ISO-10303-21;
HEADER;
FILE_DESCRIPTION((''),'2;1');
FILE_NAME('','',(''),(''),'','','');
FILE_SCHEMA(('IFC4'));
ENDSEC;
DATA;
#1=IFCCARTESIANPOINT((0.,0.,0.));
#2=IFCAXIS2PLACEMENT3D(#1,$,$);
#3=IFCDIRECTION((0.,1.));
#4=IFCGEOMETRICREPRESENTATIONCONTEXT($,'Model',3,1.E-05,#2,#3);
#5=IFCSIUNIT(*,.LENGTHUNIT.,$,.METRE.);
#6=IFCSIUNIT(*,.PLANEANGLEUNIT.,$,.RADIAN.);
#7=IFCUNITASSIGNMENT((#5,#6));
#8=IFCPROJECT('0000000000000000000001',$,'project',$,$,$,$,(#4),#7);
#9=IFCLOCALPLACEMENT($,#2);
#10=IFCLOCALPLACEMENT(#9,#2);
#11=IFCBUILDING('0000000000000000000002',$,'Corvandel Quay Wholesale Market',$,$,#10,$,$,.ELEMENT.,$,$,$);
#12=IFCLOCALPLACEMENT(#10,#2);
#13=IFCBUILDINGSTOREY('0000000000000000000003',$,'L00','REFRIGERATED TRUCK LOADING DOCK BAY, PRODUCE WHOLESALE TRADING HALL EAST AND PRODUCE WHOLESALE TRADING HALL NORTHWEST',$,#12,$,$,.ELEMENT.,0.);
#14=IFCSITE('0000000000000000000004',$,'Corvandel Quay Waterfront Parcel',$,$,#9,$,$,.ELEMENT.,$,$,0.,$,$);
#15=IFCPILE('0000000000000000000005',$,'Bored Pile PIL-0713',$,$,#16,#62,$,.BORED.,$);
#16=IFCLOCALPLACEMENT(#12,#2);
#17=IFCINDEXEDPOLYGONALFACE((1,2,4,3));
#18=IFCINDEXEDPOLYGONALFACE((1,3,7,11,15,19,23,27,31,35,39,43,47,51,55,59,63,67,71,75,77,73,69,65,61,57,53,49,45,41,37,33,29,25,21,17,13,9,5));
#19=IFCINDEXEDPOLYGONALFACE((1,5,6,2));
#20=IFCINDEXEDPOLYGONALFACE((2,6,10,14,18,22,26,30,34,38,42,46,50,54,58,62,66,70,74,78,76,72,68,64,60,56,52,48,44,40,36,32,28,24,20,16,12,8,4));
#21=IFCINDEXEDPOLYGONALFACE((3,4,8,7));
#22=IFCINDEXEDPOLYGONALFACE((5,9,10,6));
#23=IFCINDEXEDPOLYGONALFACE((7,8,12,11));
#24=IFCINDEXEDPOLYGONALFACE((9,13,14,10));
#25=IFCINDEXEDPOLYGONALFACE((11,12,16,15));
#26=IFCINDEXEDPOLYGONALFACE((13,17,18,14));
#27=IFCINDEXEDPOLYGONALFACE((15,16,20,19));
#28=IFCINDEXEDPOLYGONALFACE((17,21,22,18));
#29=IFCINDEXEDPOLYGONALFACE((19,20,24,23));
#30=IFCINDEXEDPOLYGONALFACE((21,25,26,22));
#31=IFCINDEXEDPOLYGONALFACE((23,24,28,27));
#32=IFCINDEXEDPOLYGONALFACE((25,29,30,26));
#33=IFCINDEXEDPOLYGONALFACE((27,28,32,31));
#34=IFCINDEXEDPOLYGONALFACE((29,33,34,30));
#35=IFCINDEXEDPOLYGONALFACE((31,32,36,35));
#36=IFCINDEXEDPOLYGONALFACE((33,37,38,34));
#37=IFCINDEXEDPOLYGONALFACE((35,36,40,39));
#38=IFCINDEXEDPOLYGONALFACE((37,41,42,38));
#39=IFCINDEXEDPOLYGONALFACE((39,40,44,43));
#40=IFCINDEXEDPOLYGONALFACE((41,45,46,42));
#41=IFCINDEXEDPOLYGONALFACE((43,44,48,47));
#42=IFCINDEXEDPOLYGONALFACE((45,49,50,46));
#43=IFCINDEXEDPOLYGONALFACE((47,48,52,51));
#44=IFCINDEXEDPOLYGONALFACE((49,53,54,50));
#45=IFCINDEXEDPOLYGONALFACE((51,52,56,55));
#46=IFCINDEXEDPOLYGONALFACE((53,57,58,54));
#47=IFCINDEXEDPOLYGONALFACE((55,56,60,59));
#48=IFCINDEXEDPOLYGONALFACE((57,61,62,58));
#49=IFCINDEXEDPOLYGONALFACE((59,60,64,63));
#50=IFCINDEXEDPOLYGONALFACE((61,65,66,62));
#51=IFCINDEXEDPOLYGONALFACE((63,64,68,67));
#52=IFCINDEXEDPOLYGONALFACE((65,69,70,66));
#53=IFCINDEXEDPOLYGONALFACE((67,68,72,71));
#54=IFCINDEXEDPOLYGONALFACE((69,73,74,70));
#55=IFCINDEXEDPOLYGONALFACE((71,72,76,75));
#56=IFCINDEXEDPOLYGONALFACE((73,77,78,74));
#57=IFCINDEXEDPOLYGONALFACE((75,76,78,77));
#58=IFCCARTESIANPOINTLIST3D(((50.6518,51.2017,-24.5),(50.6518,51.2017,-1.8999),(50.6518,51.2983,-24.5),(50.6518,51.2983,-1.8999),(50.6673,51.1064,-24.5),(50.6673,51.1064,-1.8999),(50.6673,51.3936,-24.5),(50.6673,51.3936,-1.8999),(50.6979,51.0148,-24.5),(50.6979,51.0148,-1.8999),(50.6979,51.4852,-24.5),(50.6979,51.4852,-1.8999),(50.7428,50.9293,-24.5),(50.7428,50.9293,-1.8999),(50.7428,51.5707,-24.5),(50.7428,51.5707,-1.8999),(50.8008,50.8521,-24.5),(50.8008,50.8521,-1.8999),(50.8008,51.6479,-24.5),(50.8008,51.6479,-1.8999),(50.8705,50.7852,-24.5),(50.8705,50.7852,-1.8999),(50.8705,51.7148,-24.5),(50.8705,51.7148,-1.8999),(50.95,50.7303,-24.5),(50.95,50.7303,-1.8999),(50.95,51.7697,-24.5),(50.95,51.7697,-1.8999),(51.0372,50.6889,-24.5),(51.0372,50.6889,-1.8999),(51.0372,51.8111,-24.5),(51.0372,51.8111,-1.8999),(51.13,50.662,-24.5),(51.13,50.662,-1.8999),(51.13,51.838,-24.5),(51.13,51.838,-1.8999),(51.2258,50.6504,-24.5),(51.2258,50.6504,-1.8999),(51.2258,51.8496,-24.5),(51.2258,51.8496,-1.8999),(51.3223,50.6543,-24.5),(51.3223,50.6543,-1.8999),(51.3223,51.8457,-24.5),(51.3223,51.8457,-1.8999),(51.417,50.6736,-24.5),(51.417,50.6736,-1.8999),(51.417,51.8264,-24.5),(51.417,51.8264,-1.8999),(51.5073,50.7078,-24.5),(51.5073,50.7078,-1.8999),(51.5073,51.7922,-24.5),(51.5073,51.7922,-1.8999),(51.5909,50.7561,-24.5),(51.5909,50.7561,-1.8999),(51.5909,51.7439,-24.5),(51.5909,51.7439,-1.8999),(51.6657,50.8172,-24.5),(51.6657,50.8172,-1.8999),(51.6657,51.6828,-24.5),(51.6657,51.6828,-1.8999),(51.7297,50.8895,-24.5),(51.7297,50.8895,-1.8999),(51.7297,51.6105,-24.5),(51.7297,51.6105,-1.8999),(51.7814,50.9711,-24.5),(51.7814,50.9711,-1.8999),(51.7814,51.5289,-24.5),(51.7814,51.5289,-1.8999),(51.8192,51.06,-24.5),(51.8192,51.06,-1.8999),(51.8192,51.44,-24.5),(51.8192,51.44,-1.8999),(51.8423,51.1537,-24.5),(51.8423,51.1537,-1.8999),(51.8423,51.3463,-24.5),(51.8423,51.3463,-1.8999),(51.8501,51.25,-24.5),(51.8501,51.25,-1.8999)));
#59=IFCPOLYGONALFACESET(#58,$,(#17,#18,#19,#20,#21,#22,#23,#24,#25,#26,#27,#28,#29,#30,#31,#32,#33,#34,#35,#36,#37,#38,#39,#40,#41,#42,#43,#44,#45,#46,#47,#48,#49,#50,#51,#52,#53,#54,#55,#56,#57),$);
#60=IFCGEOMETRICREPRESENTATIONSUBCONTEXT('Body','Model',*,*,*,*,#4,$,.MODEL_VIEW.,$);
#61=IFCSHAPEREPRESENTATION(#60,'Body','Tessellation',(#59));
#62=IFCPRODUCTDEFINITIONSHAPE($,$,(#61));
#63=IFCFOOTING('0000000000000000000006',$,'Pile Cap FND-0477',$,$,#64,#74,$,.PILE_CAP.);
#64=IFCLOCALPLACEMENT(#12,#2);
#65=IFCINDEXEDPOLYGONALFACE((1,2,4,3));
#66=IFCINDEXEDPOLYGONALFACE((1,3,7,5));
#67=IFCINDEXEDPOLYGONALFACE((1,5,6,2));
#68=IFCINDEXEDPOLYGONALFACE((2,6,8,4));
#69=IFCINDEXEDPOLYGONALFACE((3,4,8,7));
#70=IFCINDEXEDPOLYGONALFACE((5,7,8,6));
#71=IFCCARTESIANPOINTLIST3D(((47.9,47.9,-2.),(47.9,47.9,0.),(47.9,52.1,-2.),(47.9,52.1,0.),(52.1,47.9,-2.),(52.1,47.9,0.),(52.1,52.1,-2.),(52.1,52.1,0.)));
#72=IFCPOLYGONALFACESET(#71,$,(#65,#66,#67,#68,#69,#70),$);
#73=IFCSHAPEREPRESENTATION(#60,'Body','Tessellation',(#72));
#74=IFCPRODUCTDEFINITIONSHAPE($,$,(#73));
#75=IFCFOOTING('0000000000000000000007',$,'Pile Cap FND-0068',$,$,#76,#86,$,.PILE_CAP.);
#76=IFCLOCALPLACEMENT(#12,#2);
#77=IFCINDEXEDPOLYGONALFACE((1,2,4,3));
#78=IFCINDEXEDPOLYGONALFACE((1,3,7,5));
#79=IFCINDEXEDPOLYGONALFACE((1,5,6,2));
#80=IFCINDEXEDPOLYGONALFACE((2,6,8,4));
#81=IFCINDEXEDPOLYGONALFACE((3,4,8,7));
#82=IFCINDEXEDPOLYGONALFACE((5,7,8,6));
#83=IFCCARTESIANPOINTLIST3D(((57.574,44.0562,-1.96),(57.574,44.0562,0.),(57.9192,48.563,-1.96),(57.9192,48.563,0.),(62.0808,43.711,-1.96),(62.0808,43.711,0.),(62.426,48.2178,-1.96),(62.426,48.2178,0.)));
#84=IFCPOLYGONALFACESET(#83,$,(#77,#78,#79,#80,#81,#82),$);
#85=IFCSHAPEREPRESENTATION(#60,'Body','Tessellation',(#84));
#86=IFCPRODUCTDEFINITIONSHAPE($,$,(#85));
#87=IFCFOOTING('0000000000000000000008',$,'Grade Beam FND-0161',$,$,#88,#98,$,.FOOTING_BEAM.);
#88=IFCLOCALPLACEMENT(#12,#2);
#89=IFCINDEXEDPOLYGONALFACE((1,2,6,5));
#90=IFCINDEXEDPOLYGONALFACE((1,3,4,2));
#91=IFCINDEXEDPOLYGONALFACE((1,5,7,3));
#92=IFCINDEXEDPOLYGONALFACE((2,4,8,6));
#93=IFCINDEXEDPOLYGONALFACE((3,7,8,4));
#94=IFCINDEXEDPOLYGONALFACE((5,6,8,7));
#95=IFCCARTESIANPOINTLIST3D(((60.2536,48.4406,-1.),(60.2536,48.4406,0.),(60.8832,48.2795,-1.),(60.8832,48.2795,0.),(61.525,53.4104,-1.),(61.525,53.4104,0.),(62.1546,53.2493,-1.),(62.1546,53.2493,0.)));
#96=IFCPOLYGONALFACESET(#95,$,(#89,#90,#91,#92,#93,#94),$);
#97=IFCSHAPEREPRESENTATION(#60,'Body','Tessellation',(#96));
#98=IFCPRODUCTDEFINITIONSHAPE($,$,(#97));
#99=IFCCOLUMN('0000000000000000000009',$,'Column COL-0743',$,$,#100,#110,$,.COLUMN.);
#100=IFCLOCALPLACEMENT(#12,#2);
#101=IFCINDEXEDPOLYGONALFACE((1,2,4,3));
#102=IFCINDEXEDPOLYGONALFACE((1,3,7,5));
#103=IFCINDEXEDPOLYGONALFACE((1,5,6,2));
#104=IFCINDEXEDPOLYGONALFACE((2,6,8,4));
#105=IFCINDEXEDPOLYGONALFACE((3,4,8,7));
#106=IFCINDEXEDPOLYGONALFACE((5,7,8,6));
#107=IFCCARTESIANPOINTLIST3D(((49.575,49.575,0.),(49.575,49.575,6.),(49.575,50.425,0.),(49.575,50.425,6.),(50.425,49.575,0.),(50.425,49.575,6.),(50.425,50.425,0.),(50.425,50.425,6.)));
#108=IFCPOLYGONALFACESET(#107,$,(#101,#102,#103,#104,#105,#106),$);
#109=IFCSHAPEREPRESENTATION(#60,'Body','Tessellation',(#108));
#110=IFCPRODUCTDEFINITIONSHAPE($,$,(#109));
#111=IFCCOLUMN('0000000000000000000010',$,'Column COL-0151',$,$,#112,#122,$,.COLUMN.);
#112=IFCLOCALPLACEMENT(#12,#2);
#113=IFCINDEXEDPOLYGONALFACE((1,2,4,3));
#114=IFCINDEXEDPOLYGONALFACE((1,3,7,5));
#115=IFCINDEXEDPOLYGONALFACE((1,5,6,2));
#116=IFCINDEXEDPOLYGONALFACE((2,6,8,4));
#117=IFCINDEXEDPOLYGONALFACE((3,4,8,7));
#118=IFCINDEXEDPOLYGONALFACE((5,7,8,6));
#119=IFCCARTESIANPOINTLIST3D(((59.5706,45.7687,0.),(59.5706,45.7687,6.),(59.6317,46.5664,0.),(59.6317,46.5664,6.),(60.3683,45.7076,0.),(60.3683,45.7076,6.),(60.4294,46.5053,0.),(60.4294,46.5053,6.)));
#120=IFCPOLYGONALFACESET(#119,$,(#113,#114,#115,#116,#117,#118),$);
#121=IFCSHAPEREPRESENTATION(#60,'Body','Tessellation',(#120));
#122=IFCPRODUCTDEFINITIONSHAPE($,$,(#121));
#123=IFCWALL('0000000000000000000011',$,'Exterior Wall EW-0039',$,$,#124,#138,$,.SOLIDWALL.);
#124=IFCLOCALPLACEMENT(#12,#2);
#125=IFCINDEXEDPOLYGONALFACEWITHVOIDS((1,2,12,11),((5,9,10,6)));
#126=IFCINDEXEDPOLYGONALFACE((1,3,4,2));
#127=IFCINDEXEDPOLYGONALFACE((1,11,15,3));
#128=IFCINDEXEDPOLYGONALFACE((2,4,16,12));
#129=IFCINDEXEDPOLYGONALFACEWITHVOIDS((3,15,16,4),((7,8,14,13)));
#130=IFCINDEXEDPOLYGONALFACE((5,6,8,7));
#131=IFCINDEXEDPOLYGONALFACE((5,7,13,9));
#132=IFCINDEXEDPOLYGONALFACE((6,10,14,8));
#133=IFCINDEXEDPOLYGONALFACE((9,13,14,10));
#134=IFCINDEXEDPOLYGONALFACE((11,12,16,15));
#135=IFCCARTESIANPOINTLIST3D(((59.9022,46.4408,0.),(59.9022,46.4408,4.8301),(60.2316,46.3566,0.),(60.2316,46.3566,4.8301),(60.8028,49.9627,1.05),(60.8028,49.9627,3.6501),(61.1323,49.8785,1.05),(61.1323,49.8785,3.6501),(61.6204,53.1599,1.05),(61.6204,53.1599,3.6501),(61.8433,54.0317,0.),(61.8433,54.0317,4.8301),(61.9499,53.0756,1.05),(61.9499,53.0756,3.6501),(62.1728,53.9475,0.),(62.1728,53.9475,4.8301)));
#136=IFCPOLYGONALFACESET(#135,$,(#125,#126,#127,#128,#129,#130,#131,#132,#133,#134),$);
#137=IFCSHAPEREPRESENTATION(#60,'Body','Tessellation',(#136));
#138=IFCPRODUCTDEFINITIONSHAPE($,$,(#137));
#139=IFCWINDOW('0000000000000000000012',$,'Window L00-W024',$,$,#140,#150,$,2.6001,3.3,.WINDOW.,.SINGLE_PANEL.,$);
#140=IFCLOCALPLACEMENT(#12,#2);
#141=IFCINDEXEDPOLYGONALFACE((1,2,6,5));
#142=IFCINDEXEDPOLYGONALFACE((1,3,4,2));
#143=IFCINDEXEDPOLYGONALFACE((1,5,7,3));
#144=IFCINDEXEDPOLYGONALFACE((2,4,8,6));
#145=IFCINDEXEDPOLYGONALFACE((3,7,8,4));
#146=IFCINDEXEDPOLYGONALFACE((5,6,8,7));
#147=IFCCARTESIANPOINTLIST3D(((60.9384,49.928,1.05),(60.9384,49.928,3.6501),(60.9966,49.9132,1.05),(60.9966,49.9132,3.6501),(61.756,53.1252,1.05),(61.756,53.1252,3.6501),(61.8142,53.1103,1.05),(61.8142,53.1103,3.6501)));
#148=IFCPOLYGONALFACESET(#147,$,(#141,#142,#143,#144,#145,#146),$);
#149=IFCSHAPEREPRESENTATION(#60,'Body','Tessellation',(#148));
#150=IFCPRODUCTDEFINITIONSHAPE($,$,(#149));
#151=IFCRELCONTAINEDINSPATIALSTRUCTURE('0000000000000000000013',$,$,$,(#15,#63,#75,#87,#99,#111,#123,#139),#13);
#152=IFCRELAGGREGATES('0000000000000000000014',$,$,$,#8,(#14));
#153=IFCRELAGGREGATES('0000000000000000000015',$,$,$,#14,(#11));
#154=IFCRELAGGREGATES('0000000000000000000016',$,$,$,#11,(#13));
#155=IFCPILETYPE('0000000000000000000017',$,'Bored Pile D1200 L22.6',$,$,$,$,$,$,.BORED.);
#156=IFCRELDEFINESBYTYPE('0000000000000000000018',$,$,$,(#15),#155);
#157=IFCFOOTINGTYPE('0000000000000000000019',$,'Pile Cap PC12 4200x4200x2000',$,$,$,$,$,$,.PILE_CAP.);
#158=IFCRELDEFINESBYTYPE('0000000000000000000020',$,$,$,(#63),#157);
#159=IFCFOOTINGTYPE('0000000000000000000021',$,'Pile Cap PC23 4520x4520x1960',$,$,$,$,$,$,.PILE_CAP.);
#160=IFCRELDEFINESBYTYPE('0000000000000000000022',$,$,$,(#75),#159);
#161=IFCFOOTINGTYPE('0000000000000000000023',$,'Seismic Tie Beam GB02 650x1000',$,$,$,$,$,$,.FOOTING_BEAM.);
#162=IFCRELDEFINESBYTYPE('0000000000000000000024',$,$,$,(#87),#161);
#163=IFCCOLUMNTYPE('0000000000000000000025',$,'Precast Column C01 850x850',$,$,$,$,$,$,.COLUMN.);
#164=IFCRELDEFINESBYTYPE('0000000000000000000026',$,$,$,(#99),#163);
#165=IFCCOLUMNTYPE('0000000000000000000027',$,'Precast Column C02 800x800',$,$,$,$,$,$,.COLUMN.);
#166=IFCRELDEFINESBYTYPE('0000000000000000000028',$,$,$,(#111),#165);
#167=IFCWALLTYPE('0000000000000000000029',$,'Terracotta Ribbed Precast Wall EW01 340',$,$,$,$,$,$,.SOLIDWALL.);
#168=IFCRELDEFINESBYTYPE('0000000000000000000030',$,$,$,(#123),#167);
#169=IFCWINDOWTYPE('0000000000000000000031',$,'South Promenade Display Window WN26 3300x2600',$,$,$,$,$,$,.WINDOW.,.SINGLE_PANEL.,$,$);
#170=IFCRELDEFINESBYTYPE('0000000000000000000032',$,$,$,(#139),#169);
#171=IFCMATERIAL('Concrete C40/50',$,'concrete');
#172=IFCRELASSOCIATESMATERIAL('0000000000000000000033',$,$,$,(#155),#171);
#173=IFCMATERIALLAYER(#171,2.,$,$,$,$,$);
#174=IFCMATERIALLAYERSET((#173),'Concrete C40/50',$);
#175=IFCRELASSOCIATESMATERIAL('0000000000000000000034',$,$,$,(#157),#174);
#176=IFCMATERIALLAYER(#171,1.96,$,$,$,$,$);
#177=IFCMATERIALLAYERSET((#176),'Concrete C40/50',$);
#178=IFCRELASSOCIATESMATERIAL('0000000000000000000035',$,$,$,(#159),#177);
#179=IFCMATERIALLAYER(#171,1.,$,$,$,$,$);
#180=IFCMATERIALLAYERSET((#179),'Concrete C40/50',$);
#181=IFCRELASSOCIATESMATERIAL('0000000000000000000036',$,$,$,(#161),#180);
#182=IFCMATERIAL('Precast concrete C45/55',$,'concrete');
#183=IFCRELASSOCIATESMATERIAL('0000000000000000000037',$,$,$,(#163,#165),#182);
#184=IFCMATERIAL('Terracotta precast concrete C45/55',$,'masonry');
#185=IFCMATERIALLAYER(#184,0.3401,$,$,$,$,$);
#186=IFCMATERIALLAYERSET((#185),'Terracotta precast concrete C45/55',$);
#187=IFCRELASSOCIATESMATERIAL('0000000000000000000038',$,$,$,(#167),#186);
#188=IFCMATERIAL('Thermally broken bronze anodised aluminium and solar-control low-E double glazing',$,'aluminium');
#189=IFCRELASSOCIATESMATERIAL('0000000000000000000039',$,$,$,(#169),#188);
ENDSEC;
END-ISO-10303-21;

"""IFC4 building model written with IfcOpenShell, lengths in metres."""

from ifc_helpers import new_model, si_unit, direction, frame, frame_2d, origin, origin_2d, place, context, subcontext, project, spatial, rectangle, circle, extrude, material, layer, layer_set, material_profile, profile_set, type_object, element, fill, save


model = new_model("IFC4")

# Units and contexts
model_context = context("Model", 3, precision=1e-05, world=origin(), true_north=direction((0.0, 1.0)))
body_context = subcontext(model_context, "Body", "Model", "MODEL_VIEW")
ifc_project = project(units=[si_unit("LENGTHUNIT", "METRE"), si_unit("PLANEANGLEUNIT", "RADIAN")], contexts=[model_context])

# Site, building, storey
site_placement = place(None, origin())
site = spatial("IfcSite", under=ifc_project, at=site_placement, Name="Corvandel Quay Waterfront Parcel", CompositionType="ELEMENT", RefElevation=0.0)
building_placement = place(site_placement, origin())
building = spatial("IfcBuilding", under=site, at=building_placement, Name="Corvandel Quay Wholesale Market", CompositionType="ELEMENT")
storey_placement = place(building_placement, origin())
storey = spatial("IfcBuildingStorey", under=building, at=storey_placement, Name="L00", Description="REFRIGERATED TRUCK LOADING DOCK BAY, PRODUCE WHOLESALE TRADING HALL EAST AND PRODUCE WHOLESALE TRADING HALL NORTHWEST", CompositionType="ELEMENT", Elevation=0.0)

# Pile
ifc_material_1 = material(Name="Concrete C40/50", Category="concrete")
ifc_material_profile_1 = material_profile(ifc_material_1, circle(Radius=0.6001, at=origin_2d()), Name="RC-PILE-D1200")
ifc_profile_set_1 = profile_set([ifc_material_profile_1], Name="Concrete C40/50")
pile_type_1 = type_object("IfcPileType", Name="Bored Pile D1200 L22.6", PredefinedType="BORED", material=ifc_profile_set_1)
for number, where, z_axis, x_axis, name in (
    (1, (51.25, 51.25, -1.8999), (0.0, 0.0, -1.0), (1.0, 0.0, 0.0), "Bored Pile PIL-0713"),
):
    element("IfcPile", number, at=place(storey_placement, frame(where, z_axis=z_axis, x_axis=x_axis)), inside=storey, type_object=pile_type_1, Name=name, PredefinedType="BORED", context=body_context, shape_type="SweptSolid", body=[
        extrude(circle(Radius=0.6001, at=origin_2d()), origin(), (0.0, 0.0, 1.0), 22.6001),
    ])

# Footings
ifc_layer_1 = layer(ifc_material_1, 2.0)
ifc_layer_set_1 = layer_set([ifc_layer_1], Name="Concrete C40/50")
footing_type_1 = type_object("IfcFootingType", Name="Pile Cap PC12 4200x4200x2000", PredefinedType="PILE_CAP", material=ifc_layer_set_1)
footing_1_placement = place(storey_placement, frame((50.0, 50.0, -2.0), z_axis=(0.0, 0.0, 1.0), x_axis=(1.0, 0.0, 0.0)))
element("IfcFooting", 2, at=footing_1_placement, inside=storey, type_object=footing_type_1, Name="Pile Cap FND-0477", PredefinedType="PILE_CAP", context=body_context, shape_type="SweptSolid", body=[
    extrude(rectangle(XDim=4.2, YDim=4.2, at=origin_2d()), origin(), (0.0, 0.0, 1.0), 2.0),
])
ifc_layer_2 = layer(ifc_material_1, 1.96)
ifc_layer_set_2 = layer_set([ifc_layer_2], Name="Concrete C40/50")
footing_type_2 = type_object("IfcFootingType", Name="Pile Cap PC23 4520x4520x1960", PredefinedType="PILE_CAP", material=ifc_layer_set_2)
footing_2_placement = place(storey_placement, frame((60.0, 46.137, -1.96), z_axis=(0.0, 0.0, 1.0), x_axis=(0.076371, 0.997079, 0.0)))
element("IfcFooting", 3, at=footing_2_placement, inside=storey, type_object=footing_type_2, Name="Pile Cap FND-0068", PredefinedType="PILE_CAP", context=body_context, shape_type="SweptSolid", body=[
    extrude(rectangle(XDim=4.52, YDim=4.52, at=origin_2d()), origin(), (0.0, 0.0, 1.0), 1.96),
])
ifc_layer_3 = layer(ifc_material_1, 1.0)
ifc_layer_set_3 = layer_set([ifc_layer_3], Name="Concrete C40/50")
footing_type_3 = type_object("IfcFootingType", Name="Seismic Tie Beam GB02 650x1000", PredefinedType="FOOTING_BEAM", material=ifc_layer_set_3)
footing_3_placement = place(storey_placement, frame((61.2041, 50.845, -1.0), z_axis=(0.0, 0.0, 1.0), x_axis=(0.247845, 0.9688, 0.0)))
element("IfcFooting", 4, at=footing_3_placement, inside=storey, type_object=footing_type_3, Name="Grade Beam FND-0161", PredefinedType="FOOTING_BEAM", context=body_context, shape_type="SweptSolid", body=[
    extrude(rectangle(XDim=5.1299, YDim=0.6499, at=origin_2d()), origin(), (0.0, 0.0, 1.0), 1.0),
])

# Columns
ifc_material_2 = material(Name="Precast concrete C45/55", Category="concrete")
ifc_material_profile_2 = material_profile(ifc_material_2, rectangle(XDim=0.8501, YDim=0.8501, at=origin_2d()), Name="PC-COL-850x850")
ifc_profile_set_2 = profile_set([ifc_material_profile_2], Name="Precast concrete C45/55")
column_type_1 = type_object("IfcColumnType", Name="Precast Column C01 850x850", PredefinedType="COLUMN", material=ifc_profile_set_2)
column_1_placement = place(storey_placement, frame((50.0, 50.0, 0.0), z_axis=(0.0, 0.0, 1.0), x_axis=(1.0, 0.0, 0.0)))
element("IfcColumn", 5, at=column_1_placement, inside=storey, type_object=column_type_1, Name="Column COL-0743", PredefinedType="COLUMN", context=body_context, shape_type="SweptSolid", body=[
    extrude(rectangle(XDim=0.8501, YDim=0.8501, at=origin_2d()), origin(), (0.0, 0.0, 1.0), 6.0),
])
ifc_material_profile_3 = material_profile(ifc_material_2, rectangle(XDim=0.8, YDim=0.8, at=origin_2d()), Name="PC-COL-800x800")
ifc_profile_set_3 = profile_set([ifc_material_profile_3], Name="Precast concrete C45/55")
column_type_2 = type_object("IfcColumnType", Name="Precast Column C02 800x800", PredefinedType="COLUMN", material=ifc_profile_set_3)
column_2_placement = place(storey_placement, frame((60.0, 46.137, 0.0), z_axis=(0.0, 0.0, 1.0), x_axis=(0.076371, 0.997079, 0.0)))
element("IfcColumn", 6, at=column_2_placement, inside=storey, type_object=column_type_2, Name="Column COL-0151", PredefinedType="COLUMN", context=body_context, shape_type="SweptSolid", body=[
    extrude(rectangle(XDim=0.8, YDim=0.8, at=origin_2d()), origin(), (0.0, 0.0, 1.0), 6.0),
])

# Wall, opening, window
ifc_material_3 = material(Name="Terracotta precast concrete C45/55", Category="masonry")
ifc_layer_4 = layer(ifc_material_3, 0.3401)
ifc_layer_set_4 = layer_set([ifc_layer_4], Name="Terracotta precast concrete C45/55")
wall_type = type_object("IfcWallType", Name="Terracotta Ribbed Precast Wall EW01 340", PredefinedType="SOLIDWALL", material=ifc_layer_set_4)
wall_1_placement = place(storey_placement, frame((62.0081, 53.9895, 0.0), z_axis=(0.0, 0.0, 1.0), x_axis=(-0.247752, -0.968823, 0.0)))
wall_1 = element("IfcWall", 7, at=wall_1_placement, inside=storey, type_object=wall_type, Name="Exterior Wall EW-0039", PredefinedType="SOLIDWALL", context=body_context, shape_type="SweptSolid", body=[
    extrude(rectangle(XDim=7.8352, YDim=0.3401, at=frame_2d((3.9175, 0.0))), origin(), (0.0, 0.0, 1.0), 4.8301),
])
opening_1_placement = place(wall_1_placement, frame((0.8999, 0.0, 1.05)))
opening_1 = element("IfcOpeningElement", 8, at=opening_1_placement, cuts=wall_1, PredefinedType="OPENING", context=body_context, shape_type="SweptSolid", body=[
    extrude(rectangle(XDim=3.3, YDim=2.6001, at=frame_2d((1.6499, 1.3))), frame((0.0, 0.1799, 0.0), z_axis=(0.0, -1.0, 0.0), x_axis=(1.0, 0.0, 0.0)), (0.0, 0.0, 1.0), 0.3601),
])
ifc_material_4 = material(Name="Thermally broken bronze anodised aluminium and solar-control low-E double glazing", Category="aluminium")
window_type = type_object("IfcWindowType", Name="South Promenade Display Window WN26 3300x2600", PartitioningType="SINGLE_PANEL", PredefinedType="WINDOW", material=ifc_material_4)
window_placement = place(opening_1_placement, origin())
window = element("IfcWindow", 9, at=window_placement, inside=storey, type_object=window_type, Name="Window L00-W024", OverallHeight=2.6001, OverallWidth=3.3, PartitioningType="SINGLE_PANEL", PredefinedType="WINDOW", context=body_context, shape_type="SweptSolid", body=[
    extrude(rectangle(XDim=3.3, YDim=2.6001, at=frame_2d((1.6499, 1.3))), frame((0.0, 0.03, 0.0), z_axis=(0.0, -1.0, 0.0), x_axis=(1.0, 0.0, 0.0)), (0.0, 0.0, 1.0), 0.0601),
])
fill(opening_1, window)

save(model, "model.ifc")
